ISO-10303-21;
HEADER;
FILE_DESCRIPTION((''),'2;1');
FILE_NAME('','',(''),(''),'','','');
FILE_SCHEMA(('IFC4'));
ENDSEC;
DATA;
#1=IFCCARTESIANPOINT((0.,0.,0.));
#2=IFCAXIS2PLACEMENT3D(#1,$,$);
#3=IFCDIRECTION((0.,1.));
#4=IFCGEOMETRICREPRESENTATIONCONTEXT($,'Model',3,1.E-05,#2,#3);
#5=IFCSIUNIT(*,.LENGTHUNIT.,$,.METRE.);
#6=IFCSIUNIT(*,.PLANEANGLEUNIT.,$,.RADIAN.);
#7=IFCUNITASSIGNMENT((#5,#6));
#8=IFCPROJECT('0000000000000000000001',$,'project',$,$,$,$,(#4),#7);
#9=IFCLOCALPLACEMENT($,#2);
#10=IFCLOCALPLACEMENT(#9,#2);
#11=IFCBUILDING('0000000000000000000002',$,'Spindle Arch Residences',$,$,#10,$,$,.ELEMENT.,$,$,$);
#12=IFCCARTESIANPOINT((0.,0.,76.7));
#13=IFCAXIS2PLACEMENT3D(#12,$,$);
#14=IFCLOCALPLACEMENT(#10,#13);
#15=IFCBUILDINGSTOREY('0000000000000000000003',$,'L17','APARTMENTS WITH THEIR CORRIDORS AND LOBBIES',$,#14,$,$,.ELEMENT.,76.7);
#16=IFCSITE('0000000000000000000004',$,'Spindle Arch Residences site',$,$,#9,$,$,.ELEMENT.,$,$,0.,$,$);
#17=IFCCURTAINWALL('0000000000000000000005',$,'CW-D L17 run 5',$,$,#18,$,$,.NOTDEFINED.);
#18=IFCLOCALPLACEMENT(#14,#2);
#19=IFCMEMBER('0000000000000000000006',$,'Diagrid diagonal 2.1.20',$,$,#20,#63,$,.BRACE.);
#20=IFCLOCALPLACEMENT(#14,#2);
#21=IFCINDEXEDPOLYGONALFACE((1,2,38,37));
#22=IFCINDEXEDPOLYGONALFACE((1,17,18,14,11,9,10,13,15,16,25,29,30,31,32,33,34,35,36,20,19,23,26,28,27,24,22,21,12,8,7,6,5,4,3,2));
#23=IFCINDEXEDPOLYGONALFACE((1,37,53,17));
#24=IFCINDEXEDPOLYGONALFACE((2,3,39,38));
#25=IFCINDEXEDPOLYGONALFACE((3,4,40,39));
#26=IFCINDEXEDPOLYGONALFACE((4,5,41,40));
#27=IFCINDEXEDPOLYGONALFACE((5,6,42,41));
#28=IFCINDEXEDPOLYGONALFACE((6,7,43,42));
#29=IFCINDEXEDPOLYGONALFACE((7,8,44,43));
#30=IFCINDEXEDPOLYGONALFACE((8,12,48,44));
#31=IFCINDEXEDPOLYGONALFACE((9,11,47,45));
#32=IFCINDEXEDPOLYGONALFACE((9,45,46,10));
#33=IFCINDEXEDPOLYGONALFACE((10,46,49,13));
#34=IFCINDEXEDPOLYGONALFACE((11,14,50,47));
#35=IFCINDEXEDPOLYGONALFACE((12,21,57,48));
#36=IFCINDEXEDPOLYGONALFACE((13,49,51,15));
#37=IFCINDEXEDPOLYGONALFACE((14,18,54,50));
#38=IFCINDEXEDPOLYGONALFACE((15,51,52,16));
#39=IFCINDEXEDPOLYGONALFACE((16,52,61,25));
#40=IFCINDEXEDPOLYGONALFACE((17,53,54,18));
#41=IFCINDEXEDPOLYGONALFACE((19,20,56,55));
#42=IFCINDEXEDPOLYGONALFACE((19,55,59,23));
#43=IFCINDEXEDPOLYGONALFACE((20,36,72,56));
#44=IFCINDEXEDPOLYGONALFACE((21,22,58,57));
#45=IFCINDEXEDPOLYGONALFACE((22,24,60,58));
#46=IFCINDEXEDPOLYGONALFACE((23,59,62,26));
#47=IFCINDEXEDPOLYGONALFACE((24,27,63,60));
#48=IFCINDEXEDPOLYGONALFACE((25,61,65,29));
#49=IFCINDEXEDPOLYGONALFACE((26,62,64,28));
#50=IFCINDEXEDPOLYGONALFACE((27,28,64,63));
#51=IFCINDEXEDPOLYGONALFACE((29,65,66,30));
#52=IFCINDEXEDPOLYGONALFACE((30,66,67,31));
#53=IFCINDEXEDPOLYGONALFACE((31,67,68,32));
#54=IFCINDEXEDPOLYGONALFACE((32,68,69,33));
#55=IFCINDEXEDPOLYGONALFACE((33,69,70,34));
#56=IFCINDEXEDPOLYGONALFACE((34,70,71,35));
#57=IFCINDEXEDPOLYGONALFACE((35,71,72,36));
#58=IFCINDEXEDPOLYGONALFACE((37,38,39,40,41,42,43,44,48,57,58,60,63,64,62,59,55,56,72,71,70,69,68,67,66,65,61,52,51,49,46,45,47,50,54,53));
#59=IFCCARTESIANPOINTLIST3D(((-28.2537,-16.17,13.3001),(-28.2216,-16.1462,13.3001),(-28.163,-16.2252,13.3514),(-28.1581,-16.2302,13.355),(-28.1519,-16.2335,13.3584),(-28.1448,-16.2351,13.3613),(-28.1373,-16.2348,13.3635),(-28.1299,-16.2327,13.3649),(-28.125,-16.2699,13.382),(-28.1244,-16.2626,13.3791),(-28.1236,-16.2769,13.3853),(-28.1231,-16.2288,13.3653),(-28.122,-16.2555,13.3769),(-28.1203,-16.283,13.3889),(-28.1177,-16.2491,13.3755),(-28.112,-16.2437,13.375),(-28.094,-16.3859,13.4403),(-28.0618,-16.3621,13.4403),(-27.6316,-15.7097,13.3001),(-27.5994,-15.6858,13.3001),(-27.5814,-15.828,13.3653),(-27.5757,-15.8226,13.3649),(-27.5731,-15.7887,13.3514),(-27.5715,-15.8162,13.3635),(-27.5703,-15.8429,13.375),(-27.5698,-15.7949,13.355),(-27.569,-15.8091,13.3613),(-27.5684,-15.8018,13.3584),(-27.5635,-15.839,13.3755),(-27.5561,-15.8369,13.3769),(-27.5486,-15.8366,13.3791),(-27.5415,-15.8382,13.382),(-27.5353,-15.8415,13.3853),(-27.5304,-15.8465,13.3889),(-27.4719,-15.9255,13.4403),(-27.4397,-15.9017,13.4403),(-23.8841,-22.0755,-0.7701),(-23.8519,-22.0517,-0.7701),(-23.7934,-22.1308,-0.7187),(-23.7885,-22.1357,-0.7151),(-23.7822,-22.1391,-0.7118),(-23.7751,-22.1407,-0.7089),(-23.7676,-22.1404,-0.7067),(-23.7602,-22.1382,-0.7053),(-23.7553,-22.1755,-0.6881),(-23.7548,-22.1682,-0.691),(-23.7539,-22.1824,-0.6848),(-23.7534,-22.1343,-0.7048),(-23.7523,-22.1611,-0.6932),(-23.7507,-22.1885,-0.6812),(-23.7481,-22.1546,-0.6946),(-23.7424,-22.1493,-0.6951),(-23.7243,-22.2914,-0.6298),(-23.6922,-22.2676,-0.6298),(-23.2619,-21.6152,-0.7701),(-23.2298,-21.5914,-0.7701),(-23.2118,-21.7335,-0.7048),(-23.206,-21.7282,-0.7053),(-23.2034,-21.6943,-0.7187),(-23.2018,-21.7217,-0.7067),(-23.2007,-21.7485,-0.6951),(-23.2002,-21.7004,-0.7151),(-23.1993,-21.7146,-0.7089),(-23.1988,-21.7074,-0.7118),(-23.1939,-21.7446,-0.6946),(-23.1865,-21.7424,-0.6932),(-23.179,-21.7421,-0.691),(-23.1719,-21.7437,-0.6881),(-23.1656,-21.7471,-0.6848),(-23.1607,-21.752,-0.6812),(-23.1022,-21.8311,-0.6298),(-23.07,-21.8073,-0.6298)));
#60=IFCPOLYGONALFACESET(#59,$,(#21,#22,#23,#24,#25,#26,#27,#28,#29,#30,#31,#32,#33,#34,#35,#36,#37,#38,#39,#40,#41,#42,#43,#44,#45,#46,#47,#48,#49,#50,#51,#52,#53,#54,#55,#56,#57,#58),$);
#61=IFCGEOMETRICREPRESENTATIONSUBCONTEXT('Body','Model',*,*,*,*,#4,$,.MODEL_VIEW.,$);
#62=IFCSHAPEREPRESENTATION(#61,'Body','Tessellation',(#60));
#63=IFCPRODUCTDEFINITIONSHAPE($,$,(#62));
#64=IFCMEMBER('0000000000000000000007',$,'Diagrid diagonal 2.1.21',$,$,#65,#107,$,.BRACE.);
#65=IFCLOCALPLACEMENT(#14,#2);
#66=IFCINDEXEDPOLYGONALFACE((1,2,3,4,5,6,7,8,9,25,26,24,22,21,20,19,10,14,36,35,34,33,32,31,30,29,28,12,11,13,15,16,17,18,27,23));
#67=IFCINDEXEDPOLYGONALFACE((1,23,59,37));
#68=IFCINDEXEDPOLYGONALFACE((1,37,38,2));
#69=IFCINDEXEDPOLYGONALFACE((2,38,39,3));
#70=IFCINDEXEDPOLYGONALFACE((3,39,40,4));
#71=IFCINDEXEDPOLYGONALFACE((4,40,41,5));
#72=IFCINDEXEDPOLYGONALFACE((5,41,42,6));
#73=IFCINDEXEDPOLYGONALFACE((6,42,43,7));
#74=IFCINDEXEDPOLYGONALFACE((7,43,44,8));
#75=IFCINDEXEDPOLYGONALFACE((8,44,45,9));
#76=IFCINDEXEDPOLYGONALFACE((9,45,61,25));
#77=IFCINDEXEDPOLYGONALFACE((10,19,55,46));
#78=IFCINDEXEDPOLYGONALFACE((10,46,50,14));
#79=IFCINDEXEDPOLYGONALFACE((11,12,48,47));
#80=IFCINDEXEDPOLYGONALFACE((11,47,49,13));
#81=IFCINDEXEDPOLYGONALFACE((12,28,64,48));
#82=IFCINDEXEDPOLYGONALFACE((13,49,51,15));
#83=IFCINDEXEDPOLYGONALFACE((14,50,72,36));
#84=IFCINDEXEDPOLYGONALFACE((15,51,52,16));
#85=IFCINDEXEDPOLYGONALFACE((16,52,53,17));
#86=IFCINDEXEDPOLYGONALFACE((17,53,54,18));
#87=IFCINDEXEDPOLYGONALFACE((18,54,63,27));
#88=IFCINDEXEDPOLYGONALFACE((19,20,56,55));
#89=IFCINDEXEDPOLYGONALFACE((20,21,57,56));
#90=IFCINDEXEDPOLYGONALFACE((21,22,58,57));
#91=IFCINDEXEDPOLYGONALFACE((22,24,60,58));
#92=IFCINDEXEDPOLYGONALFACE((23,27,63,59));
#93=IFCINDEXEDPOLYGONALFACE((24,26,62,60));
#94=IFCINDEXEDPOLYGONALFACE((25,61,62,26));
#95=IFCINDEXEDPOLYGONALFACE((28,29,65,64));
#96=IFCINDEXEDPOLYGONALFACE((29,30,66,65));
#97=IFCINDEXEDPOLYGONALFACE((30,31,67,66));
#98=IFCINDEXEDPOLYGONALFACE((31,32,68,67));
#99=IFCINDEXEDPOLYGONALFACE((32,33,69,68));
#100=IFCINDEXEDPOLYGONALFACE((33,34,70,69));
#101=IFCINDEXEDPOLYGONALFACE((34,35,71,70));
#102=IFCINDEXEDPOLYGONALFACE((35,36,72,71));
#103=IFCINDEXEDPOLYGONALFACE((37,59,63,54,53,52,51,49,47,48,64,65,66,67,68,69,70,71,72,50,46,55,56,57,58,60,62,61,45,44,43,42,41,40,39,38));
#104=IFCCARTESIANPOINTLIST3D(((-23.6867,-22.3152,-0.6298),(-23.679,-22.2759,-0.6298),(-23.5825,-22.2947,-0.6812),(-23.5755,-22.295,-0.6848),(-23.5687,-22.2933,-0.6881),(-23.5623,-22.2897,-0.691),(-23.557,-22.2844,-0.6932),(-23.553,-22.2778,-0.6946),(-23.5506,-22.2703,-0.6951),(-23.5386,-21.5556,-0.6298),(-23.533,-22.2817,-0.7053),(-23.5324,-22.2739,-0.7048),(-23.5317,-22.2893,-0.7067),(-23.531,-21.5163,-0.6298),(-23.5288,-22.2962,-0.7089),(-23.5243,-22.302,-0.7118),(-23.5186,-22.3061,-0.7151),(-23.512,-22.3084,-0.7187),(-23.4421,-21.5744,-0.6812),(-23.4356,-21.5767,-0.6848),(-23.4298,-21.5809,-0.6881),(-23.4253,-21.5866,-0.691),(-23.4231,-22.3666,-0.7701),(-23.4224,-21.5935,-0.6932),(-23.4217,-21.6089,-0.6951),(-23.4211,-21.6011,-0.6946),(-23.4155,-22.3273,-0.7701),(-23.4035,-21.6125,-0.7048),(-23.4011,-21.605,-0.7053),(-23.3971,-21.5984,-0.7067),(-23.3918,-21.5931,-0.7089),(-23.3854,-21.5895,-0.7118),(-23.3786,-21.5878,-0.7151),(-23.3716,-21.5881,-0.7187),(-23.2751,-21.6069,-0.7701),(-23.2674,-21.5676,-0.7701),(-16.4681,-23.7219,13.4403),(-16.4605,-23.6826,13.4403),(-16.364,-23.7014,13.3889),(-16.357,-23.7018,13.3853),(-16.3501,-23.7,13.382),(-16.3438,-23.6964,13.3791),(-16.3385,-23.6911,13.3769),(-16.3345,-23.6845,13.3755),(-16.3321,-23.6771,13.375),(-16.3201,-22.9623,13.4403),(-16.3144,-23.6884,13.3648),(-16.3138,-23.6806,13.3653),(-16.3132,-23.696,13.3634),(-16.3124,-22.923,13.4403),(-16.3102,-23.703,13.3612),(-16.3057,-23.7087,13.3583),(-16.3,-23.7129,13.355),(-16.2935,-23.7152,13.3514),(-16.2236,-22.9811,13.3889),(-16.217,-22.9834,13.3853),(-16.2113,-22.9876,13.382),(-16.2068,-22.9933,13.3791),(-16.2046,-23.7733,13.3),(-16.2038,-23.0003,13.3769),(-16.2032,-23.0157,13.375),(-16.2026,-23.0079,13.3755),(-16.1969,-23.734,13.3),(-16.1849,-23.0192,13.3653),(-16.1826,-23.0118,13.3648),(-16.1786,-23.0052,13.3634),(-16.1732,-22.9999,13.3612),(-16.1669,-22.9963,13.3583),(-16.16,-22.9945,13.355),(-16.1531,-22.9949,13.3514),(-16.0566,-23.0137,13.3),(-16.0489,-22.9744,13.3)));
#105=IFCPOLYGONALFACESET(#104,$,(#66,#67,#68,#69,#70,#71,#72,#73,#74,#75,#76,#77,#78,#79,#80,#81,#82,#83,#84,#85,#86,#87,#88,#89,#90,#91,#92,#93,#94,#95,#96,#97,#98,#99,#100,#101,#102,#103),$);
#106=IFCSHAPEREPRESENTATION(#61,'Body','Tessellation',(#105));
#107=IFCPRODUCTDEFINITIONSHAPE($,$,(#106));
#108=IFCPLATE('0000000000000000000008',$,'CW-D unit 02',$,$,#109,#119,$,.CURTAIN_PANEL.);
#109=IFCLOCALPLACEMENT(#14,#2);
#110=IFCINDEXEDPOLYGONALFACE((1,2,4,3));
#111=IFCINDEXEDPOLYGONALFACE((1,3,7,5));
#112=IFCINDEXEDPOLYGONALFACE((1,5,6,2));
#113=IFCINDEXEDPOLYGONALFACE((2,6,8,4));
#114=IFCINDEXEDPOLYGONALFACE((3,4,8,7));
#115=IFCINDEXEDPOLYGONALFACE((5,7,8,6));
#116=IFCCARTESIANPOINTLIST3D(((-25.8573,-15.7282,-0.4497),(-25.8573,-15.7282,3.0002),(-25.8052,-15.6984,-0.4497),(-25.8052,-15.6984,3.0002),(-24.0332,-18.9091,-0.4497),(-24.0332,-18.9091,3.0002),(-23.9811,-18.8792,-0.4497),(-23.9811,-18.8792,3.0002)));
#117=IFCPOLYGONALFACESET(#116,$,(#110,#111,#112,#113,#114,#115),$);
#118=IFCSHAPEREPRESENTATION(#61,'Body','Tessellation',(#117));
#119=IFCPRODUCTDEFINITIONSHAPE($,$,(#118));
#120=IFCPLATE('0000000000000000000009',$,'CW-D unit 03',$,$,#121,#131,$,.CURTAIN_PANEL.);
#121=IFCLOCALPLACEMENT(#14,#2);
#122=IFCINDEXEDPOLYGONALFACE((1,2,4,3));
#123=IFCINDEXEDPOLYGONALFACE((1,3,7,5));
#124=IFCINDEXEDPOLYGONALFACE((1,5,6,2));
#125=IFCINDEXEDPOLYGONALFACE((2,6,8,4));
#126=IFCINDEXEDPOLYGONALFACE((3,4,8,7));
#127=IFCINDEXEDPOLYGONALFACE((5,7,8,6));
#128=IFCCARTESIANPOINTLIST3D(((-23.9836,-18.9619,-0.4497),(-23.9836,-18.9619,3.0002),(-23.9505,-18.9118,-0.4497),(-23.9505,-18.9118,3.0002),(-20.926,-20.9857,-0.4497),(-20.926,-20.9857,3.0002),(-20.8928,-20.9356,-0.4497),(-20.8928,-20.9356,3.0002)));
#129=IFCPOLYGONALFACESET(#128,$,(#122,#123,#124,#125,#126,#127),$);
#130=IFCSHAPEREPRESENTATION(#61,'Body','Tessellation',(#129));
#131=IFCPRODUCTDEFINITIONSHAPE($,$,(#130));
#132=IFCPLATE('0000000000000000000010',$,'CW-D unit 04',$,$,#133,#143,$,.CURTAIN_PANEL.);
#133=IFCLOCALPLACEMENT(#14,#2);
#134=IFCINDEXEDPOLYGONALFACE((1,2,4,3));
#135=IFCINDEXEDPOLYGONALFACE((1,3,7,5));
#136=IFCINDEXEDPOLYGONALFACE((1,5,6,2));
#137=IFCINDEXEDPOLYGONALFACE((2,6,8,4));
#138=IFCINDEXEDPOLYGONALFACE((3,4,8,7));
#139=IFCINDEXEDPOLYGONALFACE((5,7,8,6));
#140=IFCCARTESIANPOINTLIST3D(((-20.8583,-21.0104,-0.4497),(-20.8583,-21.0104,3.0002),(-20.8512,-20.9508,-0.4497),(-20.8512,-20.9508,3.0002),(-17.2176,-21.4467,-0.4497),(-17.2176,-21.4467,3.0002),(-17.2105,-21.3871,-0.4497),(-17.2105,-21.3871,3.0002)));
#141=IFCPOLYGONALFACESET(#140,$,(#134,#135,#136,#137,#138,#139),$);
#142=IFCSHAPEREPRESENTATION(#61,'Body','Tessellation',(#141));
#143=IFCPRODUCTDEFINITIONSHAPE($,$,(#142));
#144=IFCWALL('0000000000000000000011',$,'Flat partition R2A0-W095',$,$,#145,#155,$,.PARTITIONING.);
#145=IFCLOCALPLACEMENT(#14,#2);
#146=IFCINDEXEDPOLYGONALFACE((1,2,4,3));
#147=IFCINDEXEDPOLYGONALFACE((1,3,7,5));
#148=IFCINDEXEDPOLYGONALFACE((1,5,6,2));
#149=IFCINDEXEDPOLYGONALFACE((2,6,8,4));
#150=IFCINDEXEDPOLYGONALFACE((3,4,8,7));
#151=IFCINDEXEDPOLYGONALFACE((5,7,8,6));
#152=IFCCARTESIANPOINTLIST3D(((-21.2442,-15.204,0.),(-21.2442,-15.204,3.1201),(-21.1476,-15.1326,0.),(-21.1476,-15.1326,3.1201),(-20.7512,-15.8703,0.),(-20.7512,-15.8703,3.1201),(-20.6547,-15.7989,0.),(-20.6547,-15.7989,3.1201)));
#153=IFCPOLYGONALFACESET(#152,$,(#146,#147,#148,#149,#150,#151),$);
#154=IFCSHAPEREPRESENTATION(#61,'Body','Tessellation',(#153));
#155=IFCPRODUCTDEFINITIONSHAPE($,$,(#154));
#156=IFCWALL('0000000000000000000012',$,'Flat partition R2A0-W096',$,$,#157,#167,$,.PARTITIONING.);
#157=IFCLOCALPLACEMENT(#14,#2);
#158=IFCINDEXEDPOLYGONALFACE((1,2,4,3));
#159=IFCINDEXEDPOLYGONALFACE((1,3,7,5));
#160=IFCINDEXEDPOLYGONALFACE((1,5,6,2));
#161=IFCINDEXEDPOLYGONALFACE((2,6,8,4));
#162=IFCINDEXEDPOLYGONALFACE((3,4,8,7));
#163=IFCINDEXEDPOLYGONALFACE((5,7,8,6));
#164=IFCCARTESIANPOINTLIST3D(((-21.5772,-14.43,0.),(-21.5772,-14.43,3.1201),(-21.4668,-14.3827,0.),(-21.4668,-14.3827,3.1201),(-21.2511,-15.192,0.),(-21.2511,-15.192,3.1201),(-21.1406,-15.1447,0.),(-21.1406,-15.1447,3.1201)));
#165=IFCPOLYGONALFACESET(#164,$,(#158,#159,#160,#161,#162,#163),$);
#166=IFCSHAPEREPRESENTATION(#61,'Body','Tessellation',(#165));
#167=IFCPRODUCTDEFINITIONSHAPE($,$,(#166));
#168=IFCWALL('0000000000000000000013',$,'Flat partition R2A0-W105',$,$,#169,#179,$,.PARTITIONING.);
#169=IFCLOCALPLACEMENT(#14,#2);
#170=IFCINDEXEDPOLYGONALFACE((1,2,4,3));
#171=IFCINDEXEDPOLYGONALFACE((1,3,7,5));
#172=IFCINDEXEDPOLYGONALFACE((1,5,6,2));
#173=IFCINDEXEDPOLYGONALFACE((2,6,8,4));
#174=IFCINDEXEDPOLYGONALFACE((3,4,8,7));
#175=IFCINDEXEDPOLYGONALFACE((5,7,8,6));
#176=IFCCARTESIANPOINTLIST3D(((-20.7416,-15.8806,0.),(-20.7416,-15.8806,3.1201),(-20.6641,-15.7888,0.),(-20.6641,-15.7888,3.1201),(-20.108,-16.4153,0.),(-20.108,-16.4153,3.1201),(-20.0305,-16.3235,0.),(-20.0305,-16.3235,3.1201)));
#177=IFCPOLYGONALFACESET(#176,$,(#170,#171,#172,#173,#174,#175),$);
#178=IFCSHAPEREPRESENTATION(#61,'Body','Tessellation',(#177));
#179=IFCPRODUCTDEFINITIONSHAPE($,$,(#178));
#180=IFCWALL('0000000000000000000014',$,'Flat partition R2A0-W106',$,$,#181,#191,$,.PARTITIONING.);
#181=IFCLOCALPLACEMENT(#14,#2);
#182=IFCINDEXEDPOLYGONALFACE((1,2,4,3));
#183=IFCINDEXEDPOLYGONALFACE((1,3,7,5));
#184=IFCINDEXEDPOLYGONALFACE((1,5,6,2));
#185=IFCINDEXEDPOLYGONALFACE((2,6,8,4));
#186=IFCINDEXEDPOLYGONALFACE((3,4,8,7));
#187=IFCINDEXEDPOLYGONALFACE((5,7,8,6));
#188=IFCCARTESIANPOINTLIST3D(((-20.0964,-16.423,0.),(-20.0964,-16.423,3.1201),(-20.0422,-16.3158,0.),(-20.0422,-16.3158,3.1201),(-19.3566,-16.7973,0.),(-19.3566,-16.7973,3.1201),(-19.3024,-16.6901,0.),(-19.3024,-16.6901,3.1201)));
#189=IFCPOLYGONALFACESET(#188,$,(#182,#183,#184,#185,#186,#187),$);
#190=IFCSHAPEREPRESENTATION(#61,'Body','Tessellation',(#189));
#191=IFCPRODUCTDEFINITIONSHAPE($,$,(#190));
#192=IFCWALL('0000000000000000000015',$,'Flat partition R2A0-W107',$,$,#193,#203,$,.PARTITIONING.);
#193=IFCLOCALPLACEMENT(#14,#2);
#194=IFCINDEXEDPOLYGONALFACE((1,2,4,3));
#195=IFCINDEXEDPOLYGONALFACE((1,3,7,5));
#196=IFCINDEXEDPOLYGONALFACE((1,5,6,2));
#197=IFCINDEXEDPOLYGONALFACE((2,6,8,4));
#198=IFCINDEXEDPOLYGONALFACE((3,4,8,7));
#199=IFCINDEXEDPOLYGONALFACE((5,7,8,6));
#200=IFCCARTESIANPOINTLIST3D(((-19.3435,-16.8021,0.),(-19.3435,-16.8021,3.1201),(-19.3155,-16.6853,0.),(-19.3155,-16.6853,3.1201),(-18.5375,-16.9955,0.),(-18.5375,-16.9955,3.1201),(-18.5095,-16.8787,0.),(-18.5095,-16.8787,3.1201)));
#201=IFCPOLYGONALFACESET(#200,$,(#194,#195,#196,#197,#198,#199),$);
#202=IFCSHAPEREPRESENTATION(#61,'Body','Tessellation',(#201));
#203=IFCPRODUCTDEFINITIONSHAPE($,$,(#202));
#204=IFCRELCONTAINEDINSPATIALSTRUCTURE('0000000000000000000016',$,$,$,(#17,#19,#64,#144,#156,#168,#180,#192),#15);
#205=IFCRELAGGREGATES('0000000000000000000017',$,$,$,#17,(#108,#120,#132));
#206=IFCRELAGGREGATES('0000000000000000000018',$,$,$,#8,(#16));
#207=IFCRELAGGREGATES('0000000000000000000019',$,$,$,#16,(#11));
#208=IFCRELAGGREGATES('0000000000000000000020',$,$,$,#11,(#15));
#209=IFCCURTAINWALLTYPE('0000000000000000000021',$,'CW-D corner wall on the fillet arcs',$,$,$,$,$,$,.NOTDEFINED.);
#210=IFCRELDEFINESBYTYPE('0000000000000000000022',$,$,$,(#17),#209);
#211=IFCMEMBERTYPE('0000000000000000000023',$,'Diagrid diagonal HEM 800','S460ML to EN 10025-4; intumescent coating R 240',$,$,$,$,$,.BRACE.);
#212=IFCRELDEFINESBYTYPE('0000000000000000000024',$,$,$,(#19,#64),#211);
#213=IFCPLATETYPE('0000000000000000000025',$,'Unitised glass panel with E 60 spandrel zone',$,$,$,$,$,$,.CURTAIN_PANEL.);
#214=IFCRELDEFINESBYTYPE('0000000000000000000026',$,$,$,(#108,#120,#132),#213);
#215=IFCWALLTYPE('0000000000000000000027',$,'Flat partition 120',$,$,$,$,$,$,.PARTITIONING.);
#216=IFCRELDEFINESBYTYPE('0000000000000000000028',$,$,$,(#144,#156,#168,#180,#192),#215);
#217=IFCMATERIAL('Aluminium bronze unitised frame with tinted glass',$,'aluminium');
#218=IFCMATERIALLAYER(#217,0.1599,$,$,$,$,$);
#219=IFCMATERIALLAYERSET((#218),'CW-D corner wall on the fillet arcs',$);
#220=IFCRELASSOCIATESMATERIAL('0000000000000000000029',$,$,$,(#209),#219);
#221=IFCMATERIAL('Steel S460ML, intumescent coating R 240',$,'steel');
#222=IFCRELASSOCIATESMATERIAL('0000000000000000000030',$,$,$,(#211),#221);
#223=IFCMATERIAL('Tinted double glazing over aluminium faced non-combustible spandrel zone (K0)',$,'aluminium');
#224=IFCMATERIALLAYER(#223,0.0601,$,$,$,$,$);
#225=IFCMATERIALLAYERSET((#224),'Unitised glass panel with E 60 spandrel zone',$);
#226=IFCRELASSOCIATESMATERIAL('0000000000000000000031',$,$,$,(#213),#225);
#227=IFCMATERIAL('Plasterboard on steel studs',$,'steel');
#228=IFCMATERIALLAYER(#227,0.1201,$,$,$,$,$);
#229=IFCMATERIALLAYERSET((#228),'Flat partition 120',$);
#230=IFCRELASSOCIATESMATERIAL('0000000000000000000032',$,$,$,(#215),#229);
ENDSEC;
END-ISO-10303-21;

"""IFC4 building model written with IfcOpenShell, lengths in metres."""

from ifc_helpers import new_model, si_unit, direction, frame, frame_2d, origin, origin_2d, place, context, subcontext, project, spatial, rectangle, i_section, extrude, material, layer, layer_set, material_profile, profile_set, type_object, element, aggregate, save


model = new_model("IFC4")

# Units and contexts
model_context = context("Model", 3, precision=1e-05, world=origin(), true_north=direction((0.0, 1.0)))
body_context = subcontext(model_context, "Body", "Model", "MODEL_VIEW")
ifc_project = project(units=[si_unit("LENGTHUNIT", "METRE"), si_unit("PLANEANGLEUNIT", "RADIAN")], contexts=[model_context])

# Site, building, storey
site_placement = place(None, origin())
site = spatial("IfcSite", under=ifc_project, at=site_placement, Name="Spindle Arch Residences site", CompositionType="ELEMENT", RefElevation=0.0)
building_placement = place(site_placement, origin())
building = spatial("IfcBuilding", under=site, at=building_placement, Name="Spindle Arch Residences", CompositionType="ELEMENT")
storey_placement = place(building_placement, frame((0.0, 0.0, 76.7)))
storey = spatial("IfcBuildingStorey", under=building, at=storey_placement, Name="L17", Description="APARTMENTS WITH THEIR CORRIDORS AND LOBBIES", CompositionType="ELEMENT", Elevation=76.7)

# Curtain wall
ifc_material_1 = material(Name="Aluminium bronze unitised frame with tinted glass", Category="aluminium")
ifc_layer_1 = layer(ifc_material_1, 0.1599)
ifc_layer_set_1 = layer_set([ifc_layer_1], Name="CW-D corner wall on the fillet arcs")
curtain_wall_type = type_object("IfcCurtainWallType", Name="CW-D corner wall on the fillet arcs", PredefinedType="NOTDEFINED", material=ifc_layer_set_1)
curtain_wall_placement = place(storey_placement, origin())
curtain_wall = element("IfcCurtainWall", 1, at=curtain_wall_placement, inside=storey, type_object=curtain_wall_type, Name="CW-D L17 run 5", PredefinedType="NOTDEFINED")

# Members
ifc_material_2 = material(Name="Steel S460ML, intumescent coating R 240", Category="steel")
ifc_material_profile_1 = material_profile(ifc_material_2, i_section(OverallWidth=0.303, OverallDepth=0.814, WebThickness=0.021, FlangeThickness=0.04, FilletRadius=0.03, at=origin_2d()), Name="HEM 800")
ifc_profile_set_1 = profile_set([ifc_material_profile_1], Name="Steel S460ML, intumescent coating R 240")
member_type_1 = type_object("IfcMemberType", Name="Diagrid diagonal HEM 800", Description="S460ML to EN 10025-4; intumescent coating R 240", PredefinedType="BRACE", material=ifc_profile_set_1)
member_1_placement = place(storey_placement, frame((-23.4771, -21.9414, -0.7), z_axis=(-0.275296, 0.37206, 0.886444), x_axis=(0.52726, -0.712587, 0.462835)))
element("IfcMember", 2, at=member_1_placement, inside=storey, type_object=member_type_1, Name="Diagrid diagonal 2.1.20", PredefinedType="BRACE", context=body_context, shape_type="SweptSolid", body=[
    extrude(i_section(OverallWidth=0.303, OverallDepth=0.814, WebThickness=0.021, FlangeThickness=0.04, FilletRadius=0.03, at=origin_2d()), origin(), (0.0, 0.0, 1.0), 15.8726),
])
member_2_placement = place(storey_placement, frame((-23.4771, -21.9414, -0.7), z_axis=(0.454676, -0.088607, 0.886239), x_axis=(-0.869874, 0.169521, 0.463229)))
element("IfcMember", 3, at=member_2_placement, inside=storey, type_object=member_type_1, Name="Diagrid diagonal 2.1.21", PredefinedType="BRACE", context=body_context, shape_type="SweptSolid", body=[
    extrude(i_section(OverallWidth=0.303, OverallDepth=0.814, WebThickness=0.021, FlangeThickness=0.04, FilletRadius=0.03, at=origin_2d()), origin(), (0.0, 0.0, 1.0), 15.8762),
])

# Plates
ifc_material_3 = material(Name="Tinted double glazing over aluminium faced non-combustible spandrel zone (K0)", Category="aluminium")
ifc_layer_2 = layer(ifc_material_3, 0.0601)
ifc_layer_set_2 = layer_set([ifc_layer_2], Name="Unitised glass panel with E 60 spandrel zone")
plate_type = type_object("IfcPlateType", Name="Unitised glass panel with E 60 spandrel zone", PredefinedType="CURTAIN_PANEL", material=ifc_layer_set_2)
plate_1_placement = place(storey_placement, frame((-24.9192, -17.3037, -0.4497), z_axis=(0.0, 0.0, 1.0), x_axis=(0.497479, -0.867476, 0.0)))
plate_1 = element("IfcPlate", 4, at=plate_1_placement, type_object=plate_type, Name="CW-D unit 02", PredefinedType="CURTAIN_PANEL", context=body_context, shape_type="SweptSolid", body=[
    extrude(rectangle(XDim=3.6667, YDim=0.0601, at=origin_2d()), origin(), (0.0, 0.0, 1.0), 3.45),
])
plate_2_placement = place(storey_placement, frame((-22.4382, -19.9487, -0.4497), z_axis=(0.0, 0.0, 1.0), x_axis=(0.833886, -0.551937, 0.0)))
plate_2 = element("IfcPlate", 5, at=plate_2_placement, type_object=plate_type, Name="CW-D unit 03", PredefinedType="CURTAIN_PANEL", context=body_context, shape_type="SweptSolid", body=[
    extrude(rectangle(XDim=3.6667, YDim=0.0601, at=origin_2d()), origin(), (0.0, 0.0, 1.0), 3.45),
])
plate_3_placement = place(storey_placement, frame((-19.0344, -21.1987, -0.4497), z_axis=(0.0, 0.0, 1.0), x_axis=(0.992896, -0.118982, 0.0)))
plate_3 = element("IfcPlate", 6, at=plate_3_placement, type_object=plate_type, Name="CW-D unit 04", PredefinedType="CURTAIN_PANEL", context=body_context, shape_type="SweptSolid", body=[
    extrude(rectangle(XDim=3.6667, YDim=0.0601, at=origin_2d()), origin(), (0.0, 0.0, 1.0), 3.45),
])
aggregate(curtain_wall, [plate_1, plate_2, plate_3])

# Walls
ifc_material_4 = material(Name="Plasterboard on steel studs", Category="steel")
ifc_layer_3 = layer(ifc_material_4, 0.1201)
ifc_layer_set_3 = layer_set([ifc_layer_3], Name="Flat partition 120")
wall_type_1 = type_object("IfcWallType", Name="Flat partition 120", PredefinedType="PARTITIONING", material=ifc_layer_set_3)
for number, where, z_axis, x_axis, name in (
    (7, (-20.7029, -15.8347, 0.0), (0.0, 0.0, 1.0), (-0.594755, 0.803907, 0.0), "Flat partition R2A0-W095"),
    (8, (-21.1958, -15.1685, 0.0), (0.0, 0.0, 1.0), (-0.393528, 0.919313, 0.0), "Flat partition R2A0-W096"),
):
    element("IfcWall", number, at=place(storey_placement, frame(where, z_axis=z_axis, x_axis=x_axis)), inside=storey, type_object=wall_type_1, Name=name, PredefinedType="PARTITIONING", context=body_context, shape_type="SweptSolid", body=[
        extrude(rectangle(XDim=0.8289, YDim=0.1201, at=frame_2d((0.4146, 0.0))), origin(), (0.0, 0.0, 1.0), 3.1201),
    ])
for number, where, z_axis, x_axis, name in (
    (9, (-20.7029, -15.8347, 0.0), (0.0, 0.0, 1.0), (0.764223, -0.644952, 0.0), "Flat partition R2A0-W105"),
    (10, (-20.0693, -16.3694, 0.0), (0.0, 0.0, 1.0), (0.892297, -0.451449, 0.0), "Flat partition R2A0-W106"),
):
    element("IfcWall", number, at=place(storey_placement, frame(where, z_axis=z_axis, x_axis=x_axis)), inside=storey, type_object=wall_type_1, Name=name, PredefinedType="PARTITIONING", context=body_context, shape_type="SweptSolid", body=[
        extrude(rectangle(XDim=0.8291, YDim=0.1201, at=frame_2d((0.4146, 0.0))), origin(), (0.0, 0.0, 1.0), 3.1201),
    ])
wall_1_placement = place(storey_placement, frame((-19.3296, -16.7437, 0.0), z_axis=(0.0, 0.0, 1.0), x_axis=(0.972403, -0.233306, 0.0)))
element("IfcWall", 11, at=wall_1_placement, inside=storey, type_object=wall_type_1, Name="Flat partition R2A0-W107", PredefinedType="PARTITIONING", context=body_context, shape_type="SweptSolid", body=[
    extrude(rectangle(XDim=0.8289, YDim=0.1201, at=frame_2d((0.4146, 0.0))), origin(), (0.0, 0.0, 1.0), 3.1201),
])

save(model, "model.ifc")
